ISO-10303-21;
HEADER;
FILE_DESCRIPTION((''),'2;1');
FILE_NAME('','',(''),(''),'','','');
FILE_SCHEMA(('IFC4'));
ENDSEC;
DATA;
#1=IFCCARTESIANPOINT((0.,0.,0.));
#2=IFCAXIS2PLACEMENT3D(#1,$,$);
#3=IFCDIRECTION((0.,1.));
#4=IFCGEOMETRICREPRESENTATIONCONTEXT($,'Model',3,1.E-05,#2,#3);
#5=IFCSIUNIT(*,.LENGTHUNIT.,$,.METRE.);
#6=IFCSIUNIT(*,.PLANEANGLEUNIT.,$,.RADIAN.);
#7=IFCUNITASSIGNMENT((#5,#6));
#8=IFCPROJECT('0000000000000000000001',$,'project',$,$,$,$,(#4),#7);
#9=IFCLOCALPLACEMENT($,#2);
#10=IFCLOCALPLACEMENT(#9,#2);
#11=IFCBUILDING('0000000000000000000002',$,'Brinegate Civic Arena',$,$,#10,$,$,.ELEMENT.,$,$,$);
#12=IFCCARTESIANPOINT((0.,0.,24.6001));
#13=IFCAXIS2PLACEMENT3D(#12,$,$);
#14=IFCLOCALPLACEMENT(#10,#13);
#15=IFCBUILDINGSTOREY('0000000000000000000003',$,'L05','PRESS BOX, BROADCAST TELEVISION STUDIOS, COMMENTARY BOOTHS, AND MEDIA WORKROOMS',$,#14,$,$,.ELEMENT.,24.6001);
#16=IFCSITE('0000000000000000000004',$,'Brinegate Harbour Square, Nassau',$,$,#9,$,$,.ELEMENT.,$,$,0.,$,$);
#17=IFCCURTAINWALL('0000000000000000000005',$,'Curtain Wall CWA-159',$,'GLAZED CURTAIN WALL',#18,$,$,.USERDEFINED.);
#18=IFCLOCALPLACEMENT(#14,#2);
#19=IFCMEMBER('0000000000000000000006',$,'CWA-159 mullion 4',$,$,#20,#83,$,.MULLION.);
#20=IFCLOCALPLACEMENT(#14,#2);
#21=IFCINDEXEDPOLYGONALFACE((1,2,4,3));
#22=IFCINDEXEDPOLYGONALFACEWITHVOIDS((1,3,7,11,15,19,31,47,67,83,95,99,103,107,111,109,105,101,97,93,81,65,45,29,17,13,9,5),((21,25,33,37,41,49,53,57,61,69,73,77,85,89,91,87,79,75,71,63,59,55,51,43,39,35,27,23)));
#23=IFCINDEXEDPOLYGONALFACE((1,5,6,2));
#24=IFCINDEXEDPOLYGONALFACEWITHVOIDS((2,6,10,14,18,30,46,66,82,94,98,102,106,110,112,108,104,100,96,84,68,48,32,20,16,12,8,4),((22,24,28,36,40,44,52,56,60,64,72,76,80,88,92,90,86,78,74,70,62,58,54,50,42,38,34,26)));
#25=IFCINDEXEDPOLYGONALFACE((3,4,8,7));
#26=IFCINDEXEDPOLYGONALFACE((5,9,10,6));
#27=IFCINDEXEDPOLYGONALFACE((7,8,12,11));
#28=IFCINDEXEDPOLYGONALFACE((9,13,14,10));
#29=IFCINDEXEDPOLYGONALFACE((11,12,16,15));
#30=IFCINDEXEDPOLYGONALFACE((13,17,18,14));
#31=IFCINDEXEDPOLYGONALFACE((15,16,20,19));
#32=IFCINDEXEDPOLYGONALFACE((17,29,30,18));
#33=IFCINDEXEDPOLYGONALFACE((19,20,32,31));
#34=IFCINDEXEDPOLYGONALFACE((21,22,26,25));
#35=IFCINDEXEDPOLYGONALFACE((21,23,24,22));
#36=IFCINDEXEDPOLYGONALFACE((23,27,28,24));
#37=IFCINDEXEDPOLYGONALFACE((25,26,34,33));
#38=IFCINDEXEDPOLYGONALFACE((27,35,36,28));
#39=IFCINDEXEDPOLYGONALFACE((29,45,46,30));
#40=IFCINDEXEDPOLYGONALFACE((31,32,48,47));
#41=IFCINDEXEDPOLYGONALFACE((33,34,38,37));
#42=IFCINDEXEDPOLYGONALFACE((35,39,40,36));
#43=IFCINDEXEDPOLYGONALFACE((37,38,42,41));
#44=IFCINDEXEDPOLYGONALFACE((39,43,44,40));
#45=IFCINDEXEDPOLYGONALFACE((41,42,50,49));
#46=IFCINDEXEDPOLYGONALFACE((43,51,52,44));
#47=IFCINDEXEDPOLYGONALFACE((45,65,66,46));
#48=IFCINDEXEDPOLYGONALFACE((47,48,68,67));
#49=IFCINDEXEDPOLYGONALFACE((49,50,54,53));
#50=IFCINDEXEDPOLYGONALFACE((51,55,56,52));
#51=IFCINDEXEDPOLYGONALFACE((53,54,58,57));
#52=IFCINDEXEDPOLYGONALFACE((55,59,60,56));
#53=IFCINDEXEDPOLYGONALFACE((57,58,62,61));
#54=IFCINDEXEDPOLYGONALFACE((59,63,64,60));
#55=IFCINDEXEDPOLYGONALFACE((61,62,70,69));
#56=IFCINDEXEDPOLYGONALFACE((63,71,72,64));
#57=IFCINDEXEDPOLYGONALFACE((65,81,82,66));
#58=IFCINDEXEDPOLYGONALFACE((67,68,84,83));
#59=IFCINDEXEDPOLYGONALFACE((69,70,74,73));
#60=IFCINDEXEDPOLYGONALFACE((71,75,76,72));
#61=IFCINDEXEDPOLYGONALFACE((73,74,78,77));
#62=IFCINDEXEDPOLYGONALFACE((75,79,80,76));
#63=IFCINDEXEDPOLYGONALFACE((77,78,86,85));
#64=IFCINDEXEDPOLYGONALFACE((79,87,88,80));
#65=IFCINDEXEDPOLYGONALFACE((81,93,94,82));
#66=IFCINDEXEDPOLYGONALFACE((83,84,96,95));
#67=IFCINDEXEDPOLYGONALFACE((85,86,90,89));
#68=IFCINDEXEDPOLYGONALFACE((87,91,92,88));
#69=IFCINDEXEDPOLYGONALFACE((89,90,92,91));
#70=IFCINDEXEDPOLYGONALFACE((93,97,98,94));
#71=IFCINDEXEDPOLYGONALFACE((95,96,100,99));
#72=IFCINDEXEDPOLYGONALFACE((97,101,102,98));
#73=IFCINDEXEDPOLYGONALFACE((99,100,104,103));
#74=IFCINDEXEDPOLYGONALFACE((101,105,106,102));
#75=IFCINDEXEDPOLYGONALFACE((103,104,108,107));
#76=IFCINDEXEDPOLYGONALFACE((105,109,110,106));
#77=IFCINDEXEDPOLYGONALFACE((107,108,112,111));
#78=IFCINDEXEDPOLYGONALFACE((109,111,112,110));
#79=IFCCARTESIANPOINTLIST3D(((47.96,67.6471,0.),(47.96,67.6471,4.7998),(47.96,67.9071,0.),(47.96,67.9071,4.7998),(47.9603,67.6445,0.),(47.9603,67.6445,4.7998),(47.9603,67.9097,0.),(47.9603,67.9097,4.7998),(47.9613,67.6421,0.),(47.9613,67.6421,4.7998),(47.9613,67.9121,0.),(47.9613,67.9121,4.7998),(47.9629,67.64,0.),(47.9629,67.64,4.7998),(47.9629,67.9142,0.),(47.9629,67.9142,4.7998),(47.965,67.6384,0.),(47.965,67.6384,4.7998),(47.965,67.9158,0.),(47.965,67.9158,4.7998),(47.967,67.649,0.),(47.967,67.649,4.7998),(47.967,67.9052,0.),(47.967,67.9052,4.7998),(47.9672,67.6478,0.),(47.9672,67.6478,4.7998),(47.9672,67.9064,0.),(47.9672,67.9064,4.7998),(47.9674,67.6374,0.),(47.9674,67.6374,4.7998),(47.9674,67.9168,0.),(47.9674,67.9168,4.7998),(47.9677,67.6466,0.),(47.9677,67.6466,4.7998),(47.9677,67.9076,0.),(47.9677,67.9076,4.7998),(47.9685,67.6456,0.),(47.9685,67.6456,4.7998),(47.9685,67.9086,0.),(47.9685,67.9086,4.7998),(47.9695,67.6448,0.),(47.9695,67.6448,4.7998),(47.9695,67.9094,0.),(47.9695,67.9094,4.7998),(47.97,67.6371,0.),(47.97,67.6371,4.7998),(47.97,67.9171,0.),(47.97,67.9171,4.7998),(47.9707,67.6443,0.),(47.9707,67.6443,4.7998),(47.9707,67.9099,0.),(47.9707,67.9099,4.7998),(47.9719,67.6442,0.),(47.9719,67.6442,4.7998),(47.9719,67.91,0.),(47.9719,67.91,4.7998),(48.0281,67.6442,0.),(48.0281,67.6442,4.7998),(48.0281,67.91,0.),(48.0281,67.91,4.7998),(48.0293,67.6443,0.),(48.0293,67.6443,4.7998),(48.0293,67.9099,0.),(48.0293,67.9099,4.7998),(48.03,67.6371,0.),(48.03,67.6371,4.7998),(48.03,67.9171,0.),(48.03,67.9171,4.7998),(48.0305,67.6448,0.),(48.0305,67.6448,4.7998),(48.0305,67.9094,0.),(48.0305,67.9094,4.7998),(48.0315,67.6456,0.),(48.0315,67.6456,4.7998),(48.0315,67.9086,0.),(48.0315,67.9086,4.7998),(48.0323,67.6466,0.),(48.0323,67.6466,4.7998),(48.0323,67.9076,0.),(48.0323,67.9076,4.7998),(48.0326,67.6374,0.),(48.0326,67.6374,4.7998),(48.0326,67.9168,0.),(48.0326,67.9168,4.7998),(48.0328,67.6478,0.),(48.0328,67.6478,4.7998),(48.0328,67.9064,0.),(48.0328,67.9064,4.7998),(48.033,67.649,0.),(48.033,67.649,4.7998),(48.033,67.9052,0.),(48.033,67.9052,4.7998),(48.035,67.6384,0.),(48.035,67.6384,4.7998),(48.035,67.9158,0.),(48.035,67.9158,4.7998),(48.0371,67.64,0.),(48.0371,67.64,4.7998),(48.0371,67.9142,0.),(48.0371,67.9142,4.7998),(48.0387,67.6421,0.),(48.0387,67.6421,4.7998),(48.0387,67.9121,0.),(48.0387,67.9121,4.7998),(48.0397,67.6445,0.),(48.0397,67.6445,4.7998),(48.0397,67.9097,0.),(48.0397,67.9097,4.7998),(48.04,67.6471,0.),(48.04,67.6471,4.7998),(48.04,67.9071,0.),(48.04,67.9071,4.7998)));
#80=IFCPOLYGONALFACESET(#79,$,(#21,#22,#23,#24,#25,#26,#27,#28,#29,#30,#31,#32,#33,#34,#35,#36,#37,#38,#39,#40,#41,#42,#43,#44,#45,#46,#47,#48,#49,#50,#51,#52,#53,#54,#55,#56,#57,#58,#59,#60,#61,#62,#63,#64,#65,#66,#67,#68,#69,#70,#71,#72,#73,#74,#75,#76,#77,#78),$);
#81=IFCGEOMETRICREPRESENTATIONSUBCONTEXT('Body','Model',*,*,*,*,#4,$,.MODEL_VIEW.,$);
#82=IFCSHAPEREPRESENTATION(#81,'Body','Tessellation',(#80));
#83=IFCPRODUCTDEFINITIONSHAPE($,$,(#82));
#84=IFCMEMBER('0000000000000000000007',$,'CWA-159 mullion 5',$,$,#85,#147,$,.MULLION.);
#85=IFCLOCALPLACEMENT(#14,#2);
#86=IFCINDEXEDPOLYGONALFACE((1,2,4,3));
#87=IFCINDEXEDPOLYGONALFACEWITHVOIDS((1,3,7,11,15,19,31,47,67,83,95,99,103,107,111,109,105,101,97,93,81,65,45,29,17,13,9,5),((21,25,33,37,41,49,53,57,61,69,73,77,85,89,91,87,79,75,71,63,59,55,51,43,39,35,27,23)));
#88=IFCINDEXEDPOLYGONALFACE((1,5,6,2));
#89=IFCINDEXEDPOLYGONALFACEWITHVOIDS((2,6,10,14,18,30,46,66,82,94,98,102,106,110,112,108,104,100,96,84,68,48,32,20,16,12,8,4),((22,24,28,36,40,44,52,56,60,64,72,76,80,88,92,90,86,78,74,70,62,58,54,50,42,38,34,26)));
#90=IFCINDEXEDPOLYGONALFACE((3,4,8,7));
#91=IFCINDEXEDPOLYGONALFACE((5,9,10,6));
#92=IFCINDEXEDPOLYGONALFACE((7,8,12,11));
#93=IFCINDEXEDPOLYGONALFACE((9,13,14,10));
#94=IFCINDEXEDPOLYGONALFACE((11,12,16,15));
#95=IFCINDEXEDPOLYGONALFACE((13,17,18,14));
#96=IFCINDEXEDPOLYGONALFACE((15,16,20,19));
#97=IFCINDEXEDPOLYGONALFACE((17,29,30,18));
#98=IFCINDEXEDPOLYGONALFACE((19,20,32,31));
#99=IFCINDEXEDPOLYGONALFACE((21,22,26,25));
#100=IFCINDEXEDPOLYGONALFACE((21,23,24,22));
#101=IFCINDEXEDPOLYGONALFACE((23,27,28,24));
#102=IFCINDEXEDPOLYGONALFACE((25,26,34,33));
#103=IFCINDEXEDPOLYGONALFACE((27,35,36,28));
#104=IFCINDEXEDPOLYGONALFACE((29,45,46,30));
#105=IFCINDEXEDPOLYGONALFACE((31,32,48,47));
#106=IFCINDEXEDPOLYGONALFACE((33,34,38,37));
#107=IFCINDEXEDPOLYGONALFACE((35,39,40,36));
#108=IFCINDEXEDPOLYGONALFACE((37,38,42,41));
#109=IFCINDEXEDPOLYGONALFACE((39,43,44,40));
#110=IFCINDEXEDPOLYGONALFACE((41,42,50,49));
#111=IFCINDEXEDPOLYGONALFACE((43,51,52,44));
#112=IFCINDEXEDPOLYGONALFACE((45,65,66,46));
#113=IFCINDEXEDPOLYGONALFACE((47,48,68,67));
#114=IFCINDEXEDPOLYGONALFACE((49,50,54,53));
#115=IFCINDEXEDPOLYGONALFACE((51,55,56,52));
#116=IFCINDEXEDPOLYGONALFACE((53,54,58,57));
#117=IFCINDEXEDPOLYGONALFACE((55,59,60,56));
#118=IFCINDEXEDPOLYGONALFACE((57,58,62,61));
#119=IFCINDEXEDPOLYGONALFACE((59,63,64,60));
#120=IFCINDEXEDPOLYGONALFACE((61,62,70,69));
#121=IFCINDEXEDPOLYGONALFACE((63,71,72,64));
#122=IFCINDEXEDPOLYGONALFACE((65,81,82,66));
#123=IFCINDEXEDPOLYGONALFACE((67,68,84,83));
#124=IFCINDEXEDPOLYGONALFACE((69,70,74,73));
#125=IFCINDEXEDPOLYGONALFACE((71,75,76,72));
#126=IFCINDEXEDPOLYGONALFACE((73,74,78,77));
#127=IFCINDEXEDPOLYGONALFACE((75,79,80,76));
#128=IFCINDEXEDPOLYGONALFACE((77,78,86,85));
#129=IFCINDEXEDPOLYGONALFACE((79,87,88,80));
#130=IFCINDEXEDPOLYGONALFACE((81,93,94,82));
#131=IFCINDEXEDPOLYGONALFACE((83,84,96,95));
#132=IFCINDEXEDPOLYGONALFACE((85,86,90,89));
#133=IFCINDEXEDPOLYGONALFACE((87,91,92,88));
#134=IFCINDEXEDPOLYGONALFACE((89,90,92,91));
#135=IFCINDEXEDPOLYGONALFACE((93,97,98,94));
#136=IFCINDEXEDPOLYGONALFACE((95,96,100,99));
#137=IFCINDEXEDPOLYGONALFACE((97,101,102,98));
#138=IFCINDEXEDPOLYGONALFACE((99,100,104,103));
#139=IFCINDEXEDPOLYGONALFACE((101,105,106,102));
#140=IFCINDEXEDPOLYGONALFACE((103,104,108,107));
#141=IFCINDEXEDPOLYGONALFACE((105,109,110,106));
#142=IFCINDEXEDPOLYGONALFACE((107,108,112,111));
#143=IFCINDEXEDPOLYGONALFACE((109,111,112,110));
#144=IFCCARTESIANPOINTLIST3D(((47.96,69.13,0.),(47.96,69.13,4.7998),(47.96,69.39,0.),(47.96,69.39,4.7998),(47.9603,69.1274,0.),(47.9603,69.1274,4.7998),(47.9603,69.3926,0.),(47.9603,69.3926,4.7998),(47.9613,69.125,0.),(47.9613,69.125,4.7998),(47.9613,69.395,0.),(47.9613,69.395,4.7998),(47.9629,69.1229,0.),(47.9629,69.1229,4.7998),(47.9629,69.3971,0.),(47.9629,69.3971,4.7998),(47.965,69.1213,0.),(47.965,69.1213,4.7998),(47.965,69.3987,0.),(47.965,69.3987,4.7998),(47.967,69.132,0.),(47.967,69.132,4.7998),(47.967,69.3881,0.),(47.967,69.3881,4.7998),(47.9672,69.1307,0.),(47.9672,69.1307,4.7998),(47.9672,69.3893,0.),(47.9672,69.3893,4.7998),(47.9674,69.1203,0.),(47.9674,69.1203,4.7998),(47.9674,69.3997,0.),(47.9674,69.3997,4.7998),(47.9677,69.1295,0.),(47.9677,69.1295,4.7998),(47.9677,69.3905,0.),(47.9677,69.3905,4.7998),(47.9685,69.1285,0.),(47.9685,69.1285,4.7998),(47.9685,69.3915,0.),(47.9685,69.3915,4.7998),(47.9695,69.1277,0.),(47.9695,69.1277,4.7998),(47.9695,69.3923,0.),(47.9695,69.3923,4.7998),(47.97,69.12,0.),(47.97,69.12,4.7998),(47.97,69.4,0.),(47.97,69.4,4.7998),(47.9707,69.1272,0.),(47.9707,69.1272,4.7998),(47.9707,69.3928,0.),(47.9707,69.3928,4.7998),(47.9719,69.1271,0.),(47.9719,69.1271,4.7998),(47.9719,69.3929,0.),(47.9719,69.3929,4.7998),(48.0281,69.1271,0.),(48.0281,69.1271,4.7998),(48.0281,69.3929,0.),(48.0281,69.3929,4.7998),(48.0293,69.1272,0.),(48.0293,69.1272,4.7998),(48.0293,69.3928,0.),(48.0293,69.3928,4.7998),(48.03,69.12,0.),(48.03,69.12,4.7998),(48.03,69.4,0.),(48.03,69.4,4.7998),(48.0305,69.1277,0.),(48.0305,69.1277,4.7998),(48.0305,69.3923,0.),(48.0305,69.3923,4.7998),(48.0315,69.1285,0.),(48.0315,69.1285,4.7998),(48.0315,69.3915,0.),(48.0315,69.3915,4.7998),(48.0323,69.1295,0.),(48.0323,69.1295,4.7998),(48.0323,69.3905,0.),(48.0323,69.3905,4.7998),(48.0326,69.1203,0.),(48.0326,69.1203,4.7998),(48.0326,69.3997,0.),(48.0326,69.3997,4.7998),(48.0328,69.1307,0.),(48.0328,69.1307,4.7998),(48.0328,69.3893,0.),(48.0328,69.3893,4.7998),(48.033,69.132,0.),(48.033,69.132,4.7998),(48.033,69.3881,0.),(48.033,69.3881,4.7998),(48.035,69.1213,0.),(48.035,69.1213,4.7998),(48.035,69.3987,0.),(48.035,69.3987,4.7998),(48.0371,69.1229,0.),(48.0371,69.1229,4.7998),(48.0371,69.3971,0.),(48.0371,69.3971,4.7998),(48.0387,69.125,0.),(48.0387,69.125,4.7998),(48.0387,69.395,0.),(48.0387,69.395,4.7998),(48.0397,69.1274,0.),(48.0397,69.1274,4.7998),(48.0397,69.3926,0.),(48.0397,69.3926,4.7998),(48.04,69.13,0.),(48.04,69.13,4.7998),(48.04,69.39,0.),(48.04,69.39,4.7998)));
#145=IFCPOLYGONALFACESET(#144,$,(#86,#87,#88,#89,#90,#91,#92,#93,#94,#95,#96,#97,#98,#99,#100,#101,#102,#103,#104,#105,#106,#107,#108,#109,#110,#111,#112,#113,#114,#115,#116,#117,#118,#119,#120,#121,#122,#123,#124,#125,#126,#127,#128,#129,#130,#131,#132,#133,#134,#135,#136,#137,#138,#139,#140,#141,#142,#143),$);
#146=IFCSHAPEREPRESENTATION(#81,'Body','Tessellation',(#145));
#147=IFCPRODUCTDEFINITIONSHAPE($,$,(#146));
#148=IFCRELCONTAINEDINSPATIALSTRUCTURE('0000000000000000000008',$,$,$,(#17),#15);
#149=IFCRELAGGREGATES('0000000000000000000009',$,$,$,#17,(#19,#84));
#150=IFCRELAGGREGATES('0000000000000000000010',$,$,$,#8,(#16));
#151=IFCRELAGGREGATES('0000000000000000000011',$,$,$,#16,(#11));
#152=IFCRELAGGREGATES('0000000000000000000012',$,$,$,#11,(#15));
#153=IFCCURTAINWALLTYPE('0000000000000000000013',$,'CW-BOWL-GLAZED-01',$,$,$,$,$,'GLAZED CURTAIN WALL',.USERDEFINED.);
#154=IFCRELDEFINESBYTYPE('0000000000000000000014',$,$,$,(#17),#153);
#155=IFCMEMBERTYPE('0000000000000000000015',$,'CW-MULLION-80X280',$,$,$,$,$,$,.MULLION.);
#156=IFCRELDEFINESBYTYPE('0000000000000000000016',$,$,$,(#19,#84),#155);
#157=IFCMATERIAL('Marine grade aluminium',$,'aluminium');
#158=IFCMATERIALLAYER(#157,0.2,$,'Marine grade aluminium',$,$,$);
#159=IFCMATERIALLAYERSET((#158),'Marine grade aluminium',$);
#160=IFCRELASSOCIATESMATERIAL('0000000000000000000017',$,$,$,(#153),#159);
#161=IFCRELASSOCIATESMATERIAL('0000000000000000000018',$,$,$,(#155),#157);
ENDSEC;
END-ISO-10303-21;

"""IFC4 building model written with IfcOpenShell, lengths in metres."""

from ifc_helpers import new_model, si_unit, direction, frame, origin, origin_2d, place, context, subcontext, project, spatial, hollow_rectangle, extrude, material, layer, layer_set, material_profile, profile_set, type_object, element, aggregate, save


model = new_model("IFC4")

# Units and contexts
model_context = context("Model", 3, precision=1e-05, world=origin(), true_north=direction((0.0, 1.0)))
body_context = subcontext(model_context, "Body", "Model", "MODEL_VIEW")
ifc_project = project(units=[si_unit("LENGTHUNIT", "METRE"), si_unit("PLANEANGLEUNIT", "RADIAN")], contexts=[model_context])

# Site, building, storey
site_placement = place(None, origin())
site = spatial("IfcSite", under=ifc_project, at=site_placement, Name="Brinegate Harbour Square, Nassau", CompositionType="ELEMENT", RefElevation=0.0)
building_placement = place(site_placement, origin())
building = spatial("IfcBuilding", under=site, at=building_placement, Name="Brinegate Civic Arena", CompositionType="ELEMENT")
storey_placement = place(building_placement, frame((0.0, 0.0, 24.6001)))
storey = spatial("IfcBuildingStorey", under=building, at=storey_placement, Name="L05", Description="PRESS BOX, BROADCAST TELEVISION STUDIOS, COMMENTARY BOOTHS, AND MEDIA WORKROOMS", CompositionType="ELEMENT", Elevation=24.6001)

# Curtain wall, members
ifc_material_1 = material(Name="Marine grade aluminium", Category="aluminium")
ifc_layer_1 = layer(ifc_material_1, 0.2, Name="Marine grade aluminium")
ifc_layer_set_1 = layer_set([ifc_layer_1], Name="Marine grade aluminium")
curtain_wall_type = type_object("IfcCurtainWallType", Name="CW-BOWL-GLAZED-01", ElementType="GLAZED CURTAIN WALL", PredefinedType="USERDEFINED", material=ifc_layer_set_1)
curtain_wall_1_placement = place(storey_placement, origin())
curtain_wall_1 = element("IfcCurtainWall", 1, at=curtain_wall_1_placement, inside=storey, type_object=curtain_wall_type, Name="Curtain Wall CWA-159", ObjectType="GLAZED CURTAIN WALL", PredefinedType="USERDEFINED")
ifc_material_profile_1 = material_profile(ifc_material_1, hollow_rectangle(XDim=0.0801, YDim=0.28, WallThickness=0.0071, InnerFilletRadius=0.0049, OuterFilletRadius=0.01, at=origin_2d()), Name="MUL80X280")
ifc_profile_set_1 = profile_set([ifc_material_profile_1], Name="Marine grade aluminium")
member_type_1 = type_object("IfcMemberType", Name="CW-MULLION-80X280", PredefinedType="MULLION", material=ifc_profile_set_1)
member_1_placement = place(storey_placement, frame((48.0, 67.7771, 0.0), z_axis=(0.0, 0.0, 1.0), x_axis=(-1.0, 0.0, 0.0)))
member_1 = element("IfcMember", 2, at=member_1_placement, type_object=member_type_1, Name="CWA-159 mullion 4", PredefinedType="MULLION", context=body_context, shape_type="SweptSolid", body=[
    extrude(hollow_rectangle(XDim=0.0801, YDim=0.28, WallThickness=0.0071, InnerFilletRadius=0.0049, OuterFilletRadius=0.01, at=origin_2d()), origin(), (0.0, 0.0, 1.0), 4.7998),
])
member_2_placement = place(storey_placement, frame((48.0, 69.26, 0.0), z_axis=(0.0, 0.0, 1.0), x_axis=(-1.0, 0.0, 0.0)))
member_2 = element("IfcMember", 3, at=member_2_placement, type_object=member_type_1, Name="CWA-159 mullion 5", PredefinedType="MULLION", context=body_context, shape_type="SweptSolid", body=[
    extrude(hollow_rectangle(XDim=0.0801, YDim=0.28, WallThickness=0.0071, InnerFilletRadius=0.0049, OuterFilletRadius=0.01, at=origin_2d()), origin(), (0.0, 0.0, 1.0), 4.7998),
])

aggregate(curtain_wall_1, [member_1, member_2])

save(model, "model.ifc")
